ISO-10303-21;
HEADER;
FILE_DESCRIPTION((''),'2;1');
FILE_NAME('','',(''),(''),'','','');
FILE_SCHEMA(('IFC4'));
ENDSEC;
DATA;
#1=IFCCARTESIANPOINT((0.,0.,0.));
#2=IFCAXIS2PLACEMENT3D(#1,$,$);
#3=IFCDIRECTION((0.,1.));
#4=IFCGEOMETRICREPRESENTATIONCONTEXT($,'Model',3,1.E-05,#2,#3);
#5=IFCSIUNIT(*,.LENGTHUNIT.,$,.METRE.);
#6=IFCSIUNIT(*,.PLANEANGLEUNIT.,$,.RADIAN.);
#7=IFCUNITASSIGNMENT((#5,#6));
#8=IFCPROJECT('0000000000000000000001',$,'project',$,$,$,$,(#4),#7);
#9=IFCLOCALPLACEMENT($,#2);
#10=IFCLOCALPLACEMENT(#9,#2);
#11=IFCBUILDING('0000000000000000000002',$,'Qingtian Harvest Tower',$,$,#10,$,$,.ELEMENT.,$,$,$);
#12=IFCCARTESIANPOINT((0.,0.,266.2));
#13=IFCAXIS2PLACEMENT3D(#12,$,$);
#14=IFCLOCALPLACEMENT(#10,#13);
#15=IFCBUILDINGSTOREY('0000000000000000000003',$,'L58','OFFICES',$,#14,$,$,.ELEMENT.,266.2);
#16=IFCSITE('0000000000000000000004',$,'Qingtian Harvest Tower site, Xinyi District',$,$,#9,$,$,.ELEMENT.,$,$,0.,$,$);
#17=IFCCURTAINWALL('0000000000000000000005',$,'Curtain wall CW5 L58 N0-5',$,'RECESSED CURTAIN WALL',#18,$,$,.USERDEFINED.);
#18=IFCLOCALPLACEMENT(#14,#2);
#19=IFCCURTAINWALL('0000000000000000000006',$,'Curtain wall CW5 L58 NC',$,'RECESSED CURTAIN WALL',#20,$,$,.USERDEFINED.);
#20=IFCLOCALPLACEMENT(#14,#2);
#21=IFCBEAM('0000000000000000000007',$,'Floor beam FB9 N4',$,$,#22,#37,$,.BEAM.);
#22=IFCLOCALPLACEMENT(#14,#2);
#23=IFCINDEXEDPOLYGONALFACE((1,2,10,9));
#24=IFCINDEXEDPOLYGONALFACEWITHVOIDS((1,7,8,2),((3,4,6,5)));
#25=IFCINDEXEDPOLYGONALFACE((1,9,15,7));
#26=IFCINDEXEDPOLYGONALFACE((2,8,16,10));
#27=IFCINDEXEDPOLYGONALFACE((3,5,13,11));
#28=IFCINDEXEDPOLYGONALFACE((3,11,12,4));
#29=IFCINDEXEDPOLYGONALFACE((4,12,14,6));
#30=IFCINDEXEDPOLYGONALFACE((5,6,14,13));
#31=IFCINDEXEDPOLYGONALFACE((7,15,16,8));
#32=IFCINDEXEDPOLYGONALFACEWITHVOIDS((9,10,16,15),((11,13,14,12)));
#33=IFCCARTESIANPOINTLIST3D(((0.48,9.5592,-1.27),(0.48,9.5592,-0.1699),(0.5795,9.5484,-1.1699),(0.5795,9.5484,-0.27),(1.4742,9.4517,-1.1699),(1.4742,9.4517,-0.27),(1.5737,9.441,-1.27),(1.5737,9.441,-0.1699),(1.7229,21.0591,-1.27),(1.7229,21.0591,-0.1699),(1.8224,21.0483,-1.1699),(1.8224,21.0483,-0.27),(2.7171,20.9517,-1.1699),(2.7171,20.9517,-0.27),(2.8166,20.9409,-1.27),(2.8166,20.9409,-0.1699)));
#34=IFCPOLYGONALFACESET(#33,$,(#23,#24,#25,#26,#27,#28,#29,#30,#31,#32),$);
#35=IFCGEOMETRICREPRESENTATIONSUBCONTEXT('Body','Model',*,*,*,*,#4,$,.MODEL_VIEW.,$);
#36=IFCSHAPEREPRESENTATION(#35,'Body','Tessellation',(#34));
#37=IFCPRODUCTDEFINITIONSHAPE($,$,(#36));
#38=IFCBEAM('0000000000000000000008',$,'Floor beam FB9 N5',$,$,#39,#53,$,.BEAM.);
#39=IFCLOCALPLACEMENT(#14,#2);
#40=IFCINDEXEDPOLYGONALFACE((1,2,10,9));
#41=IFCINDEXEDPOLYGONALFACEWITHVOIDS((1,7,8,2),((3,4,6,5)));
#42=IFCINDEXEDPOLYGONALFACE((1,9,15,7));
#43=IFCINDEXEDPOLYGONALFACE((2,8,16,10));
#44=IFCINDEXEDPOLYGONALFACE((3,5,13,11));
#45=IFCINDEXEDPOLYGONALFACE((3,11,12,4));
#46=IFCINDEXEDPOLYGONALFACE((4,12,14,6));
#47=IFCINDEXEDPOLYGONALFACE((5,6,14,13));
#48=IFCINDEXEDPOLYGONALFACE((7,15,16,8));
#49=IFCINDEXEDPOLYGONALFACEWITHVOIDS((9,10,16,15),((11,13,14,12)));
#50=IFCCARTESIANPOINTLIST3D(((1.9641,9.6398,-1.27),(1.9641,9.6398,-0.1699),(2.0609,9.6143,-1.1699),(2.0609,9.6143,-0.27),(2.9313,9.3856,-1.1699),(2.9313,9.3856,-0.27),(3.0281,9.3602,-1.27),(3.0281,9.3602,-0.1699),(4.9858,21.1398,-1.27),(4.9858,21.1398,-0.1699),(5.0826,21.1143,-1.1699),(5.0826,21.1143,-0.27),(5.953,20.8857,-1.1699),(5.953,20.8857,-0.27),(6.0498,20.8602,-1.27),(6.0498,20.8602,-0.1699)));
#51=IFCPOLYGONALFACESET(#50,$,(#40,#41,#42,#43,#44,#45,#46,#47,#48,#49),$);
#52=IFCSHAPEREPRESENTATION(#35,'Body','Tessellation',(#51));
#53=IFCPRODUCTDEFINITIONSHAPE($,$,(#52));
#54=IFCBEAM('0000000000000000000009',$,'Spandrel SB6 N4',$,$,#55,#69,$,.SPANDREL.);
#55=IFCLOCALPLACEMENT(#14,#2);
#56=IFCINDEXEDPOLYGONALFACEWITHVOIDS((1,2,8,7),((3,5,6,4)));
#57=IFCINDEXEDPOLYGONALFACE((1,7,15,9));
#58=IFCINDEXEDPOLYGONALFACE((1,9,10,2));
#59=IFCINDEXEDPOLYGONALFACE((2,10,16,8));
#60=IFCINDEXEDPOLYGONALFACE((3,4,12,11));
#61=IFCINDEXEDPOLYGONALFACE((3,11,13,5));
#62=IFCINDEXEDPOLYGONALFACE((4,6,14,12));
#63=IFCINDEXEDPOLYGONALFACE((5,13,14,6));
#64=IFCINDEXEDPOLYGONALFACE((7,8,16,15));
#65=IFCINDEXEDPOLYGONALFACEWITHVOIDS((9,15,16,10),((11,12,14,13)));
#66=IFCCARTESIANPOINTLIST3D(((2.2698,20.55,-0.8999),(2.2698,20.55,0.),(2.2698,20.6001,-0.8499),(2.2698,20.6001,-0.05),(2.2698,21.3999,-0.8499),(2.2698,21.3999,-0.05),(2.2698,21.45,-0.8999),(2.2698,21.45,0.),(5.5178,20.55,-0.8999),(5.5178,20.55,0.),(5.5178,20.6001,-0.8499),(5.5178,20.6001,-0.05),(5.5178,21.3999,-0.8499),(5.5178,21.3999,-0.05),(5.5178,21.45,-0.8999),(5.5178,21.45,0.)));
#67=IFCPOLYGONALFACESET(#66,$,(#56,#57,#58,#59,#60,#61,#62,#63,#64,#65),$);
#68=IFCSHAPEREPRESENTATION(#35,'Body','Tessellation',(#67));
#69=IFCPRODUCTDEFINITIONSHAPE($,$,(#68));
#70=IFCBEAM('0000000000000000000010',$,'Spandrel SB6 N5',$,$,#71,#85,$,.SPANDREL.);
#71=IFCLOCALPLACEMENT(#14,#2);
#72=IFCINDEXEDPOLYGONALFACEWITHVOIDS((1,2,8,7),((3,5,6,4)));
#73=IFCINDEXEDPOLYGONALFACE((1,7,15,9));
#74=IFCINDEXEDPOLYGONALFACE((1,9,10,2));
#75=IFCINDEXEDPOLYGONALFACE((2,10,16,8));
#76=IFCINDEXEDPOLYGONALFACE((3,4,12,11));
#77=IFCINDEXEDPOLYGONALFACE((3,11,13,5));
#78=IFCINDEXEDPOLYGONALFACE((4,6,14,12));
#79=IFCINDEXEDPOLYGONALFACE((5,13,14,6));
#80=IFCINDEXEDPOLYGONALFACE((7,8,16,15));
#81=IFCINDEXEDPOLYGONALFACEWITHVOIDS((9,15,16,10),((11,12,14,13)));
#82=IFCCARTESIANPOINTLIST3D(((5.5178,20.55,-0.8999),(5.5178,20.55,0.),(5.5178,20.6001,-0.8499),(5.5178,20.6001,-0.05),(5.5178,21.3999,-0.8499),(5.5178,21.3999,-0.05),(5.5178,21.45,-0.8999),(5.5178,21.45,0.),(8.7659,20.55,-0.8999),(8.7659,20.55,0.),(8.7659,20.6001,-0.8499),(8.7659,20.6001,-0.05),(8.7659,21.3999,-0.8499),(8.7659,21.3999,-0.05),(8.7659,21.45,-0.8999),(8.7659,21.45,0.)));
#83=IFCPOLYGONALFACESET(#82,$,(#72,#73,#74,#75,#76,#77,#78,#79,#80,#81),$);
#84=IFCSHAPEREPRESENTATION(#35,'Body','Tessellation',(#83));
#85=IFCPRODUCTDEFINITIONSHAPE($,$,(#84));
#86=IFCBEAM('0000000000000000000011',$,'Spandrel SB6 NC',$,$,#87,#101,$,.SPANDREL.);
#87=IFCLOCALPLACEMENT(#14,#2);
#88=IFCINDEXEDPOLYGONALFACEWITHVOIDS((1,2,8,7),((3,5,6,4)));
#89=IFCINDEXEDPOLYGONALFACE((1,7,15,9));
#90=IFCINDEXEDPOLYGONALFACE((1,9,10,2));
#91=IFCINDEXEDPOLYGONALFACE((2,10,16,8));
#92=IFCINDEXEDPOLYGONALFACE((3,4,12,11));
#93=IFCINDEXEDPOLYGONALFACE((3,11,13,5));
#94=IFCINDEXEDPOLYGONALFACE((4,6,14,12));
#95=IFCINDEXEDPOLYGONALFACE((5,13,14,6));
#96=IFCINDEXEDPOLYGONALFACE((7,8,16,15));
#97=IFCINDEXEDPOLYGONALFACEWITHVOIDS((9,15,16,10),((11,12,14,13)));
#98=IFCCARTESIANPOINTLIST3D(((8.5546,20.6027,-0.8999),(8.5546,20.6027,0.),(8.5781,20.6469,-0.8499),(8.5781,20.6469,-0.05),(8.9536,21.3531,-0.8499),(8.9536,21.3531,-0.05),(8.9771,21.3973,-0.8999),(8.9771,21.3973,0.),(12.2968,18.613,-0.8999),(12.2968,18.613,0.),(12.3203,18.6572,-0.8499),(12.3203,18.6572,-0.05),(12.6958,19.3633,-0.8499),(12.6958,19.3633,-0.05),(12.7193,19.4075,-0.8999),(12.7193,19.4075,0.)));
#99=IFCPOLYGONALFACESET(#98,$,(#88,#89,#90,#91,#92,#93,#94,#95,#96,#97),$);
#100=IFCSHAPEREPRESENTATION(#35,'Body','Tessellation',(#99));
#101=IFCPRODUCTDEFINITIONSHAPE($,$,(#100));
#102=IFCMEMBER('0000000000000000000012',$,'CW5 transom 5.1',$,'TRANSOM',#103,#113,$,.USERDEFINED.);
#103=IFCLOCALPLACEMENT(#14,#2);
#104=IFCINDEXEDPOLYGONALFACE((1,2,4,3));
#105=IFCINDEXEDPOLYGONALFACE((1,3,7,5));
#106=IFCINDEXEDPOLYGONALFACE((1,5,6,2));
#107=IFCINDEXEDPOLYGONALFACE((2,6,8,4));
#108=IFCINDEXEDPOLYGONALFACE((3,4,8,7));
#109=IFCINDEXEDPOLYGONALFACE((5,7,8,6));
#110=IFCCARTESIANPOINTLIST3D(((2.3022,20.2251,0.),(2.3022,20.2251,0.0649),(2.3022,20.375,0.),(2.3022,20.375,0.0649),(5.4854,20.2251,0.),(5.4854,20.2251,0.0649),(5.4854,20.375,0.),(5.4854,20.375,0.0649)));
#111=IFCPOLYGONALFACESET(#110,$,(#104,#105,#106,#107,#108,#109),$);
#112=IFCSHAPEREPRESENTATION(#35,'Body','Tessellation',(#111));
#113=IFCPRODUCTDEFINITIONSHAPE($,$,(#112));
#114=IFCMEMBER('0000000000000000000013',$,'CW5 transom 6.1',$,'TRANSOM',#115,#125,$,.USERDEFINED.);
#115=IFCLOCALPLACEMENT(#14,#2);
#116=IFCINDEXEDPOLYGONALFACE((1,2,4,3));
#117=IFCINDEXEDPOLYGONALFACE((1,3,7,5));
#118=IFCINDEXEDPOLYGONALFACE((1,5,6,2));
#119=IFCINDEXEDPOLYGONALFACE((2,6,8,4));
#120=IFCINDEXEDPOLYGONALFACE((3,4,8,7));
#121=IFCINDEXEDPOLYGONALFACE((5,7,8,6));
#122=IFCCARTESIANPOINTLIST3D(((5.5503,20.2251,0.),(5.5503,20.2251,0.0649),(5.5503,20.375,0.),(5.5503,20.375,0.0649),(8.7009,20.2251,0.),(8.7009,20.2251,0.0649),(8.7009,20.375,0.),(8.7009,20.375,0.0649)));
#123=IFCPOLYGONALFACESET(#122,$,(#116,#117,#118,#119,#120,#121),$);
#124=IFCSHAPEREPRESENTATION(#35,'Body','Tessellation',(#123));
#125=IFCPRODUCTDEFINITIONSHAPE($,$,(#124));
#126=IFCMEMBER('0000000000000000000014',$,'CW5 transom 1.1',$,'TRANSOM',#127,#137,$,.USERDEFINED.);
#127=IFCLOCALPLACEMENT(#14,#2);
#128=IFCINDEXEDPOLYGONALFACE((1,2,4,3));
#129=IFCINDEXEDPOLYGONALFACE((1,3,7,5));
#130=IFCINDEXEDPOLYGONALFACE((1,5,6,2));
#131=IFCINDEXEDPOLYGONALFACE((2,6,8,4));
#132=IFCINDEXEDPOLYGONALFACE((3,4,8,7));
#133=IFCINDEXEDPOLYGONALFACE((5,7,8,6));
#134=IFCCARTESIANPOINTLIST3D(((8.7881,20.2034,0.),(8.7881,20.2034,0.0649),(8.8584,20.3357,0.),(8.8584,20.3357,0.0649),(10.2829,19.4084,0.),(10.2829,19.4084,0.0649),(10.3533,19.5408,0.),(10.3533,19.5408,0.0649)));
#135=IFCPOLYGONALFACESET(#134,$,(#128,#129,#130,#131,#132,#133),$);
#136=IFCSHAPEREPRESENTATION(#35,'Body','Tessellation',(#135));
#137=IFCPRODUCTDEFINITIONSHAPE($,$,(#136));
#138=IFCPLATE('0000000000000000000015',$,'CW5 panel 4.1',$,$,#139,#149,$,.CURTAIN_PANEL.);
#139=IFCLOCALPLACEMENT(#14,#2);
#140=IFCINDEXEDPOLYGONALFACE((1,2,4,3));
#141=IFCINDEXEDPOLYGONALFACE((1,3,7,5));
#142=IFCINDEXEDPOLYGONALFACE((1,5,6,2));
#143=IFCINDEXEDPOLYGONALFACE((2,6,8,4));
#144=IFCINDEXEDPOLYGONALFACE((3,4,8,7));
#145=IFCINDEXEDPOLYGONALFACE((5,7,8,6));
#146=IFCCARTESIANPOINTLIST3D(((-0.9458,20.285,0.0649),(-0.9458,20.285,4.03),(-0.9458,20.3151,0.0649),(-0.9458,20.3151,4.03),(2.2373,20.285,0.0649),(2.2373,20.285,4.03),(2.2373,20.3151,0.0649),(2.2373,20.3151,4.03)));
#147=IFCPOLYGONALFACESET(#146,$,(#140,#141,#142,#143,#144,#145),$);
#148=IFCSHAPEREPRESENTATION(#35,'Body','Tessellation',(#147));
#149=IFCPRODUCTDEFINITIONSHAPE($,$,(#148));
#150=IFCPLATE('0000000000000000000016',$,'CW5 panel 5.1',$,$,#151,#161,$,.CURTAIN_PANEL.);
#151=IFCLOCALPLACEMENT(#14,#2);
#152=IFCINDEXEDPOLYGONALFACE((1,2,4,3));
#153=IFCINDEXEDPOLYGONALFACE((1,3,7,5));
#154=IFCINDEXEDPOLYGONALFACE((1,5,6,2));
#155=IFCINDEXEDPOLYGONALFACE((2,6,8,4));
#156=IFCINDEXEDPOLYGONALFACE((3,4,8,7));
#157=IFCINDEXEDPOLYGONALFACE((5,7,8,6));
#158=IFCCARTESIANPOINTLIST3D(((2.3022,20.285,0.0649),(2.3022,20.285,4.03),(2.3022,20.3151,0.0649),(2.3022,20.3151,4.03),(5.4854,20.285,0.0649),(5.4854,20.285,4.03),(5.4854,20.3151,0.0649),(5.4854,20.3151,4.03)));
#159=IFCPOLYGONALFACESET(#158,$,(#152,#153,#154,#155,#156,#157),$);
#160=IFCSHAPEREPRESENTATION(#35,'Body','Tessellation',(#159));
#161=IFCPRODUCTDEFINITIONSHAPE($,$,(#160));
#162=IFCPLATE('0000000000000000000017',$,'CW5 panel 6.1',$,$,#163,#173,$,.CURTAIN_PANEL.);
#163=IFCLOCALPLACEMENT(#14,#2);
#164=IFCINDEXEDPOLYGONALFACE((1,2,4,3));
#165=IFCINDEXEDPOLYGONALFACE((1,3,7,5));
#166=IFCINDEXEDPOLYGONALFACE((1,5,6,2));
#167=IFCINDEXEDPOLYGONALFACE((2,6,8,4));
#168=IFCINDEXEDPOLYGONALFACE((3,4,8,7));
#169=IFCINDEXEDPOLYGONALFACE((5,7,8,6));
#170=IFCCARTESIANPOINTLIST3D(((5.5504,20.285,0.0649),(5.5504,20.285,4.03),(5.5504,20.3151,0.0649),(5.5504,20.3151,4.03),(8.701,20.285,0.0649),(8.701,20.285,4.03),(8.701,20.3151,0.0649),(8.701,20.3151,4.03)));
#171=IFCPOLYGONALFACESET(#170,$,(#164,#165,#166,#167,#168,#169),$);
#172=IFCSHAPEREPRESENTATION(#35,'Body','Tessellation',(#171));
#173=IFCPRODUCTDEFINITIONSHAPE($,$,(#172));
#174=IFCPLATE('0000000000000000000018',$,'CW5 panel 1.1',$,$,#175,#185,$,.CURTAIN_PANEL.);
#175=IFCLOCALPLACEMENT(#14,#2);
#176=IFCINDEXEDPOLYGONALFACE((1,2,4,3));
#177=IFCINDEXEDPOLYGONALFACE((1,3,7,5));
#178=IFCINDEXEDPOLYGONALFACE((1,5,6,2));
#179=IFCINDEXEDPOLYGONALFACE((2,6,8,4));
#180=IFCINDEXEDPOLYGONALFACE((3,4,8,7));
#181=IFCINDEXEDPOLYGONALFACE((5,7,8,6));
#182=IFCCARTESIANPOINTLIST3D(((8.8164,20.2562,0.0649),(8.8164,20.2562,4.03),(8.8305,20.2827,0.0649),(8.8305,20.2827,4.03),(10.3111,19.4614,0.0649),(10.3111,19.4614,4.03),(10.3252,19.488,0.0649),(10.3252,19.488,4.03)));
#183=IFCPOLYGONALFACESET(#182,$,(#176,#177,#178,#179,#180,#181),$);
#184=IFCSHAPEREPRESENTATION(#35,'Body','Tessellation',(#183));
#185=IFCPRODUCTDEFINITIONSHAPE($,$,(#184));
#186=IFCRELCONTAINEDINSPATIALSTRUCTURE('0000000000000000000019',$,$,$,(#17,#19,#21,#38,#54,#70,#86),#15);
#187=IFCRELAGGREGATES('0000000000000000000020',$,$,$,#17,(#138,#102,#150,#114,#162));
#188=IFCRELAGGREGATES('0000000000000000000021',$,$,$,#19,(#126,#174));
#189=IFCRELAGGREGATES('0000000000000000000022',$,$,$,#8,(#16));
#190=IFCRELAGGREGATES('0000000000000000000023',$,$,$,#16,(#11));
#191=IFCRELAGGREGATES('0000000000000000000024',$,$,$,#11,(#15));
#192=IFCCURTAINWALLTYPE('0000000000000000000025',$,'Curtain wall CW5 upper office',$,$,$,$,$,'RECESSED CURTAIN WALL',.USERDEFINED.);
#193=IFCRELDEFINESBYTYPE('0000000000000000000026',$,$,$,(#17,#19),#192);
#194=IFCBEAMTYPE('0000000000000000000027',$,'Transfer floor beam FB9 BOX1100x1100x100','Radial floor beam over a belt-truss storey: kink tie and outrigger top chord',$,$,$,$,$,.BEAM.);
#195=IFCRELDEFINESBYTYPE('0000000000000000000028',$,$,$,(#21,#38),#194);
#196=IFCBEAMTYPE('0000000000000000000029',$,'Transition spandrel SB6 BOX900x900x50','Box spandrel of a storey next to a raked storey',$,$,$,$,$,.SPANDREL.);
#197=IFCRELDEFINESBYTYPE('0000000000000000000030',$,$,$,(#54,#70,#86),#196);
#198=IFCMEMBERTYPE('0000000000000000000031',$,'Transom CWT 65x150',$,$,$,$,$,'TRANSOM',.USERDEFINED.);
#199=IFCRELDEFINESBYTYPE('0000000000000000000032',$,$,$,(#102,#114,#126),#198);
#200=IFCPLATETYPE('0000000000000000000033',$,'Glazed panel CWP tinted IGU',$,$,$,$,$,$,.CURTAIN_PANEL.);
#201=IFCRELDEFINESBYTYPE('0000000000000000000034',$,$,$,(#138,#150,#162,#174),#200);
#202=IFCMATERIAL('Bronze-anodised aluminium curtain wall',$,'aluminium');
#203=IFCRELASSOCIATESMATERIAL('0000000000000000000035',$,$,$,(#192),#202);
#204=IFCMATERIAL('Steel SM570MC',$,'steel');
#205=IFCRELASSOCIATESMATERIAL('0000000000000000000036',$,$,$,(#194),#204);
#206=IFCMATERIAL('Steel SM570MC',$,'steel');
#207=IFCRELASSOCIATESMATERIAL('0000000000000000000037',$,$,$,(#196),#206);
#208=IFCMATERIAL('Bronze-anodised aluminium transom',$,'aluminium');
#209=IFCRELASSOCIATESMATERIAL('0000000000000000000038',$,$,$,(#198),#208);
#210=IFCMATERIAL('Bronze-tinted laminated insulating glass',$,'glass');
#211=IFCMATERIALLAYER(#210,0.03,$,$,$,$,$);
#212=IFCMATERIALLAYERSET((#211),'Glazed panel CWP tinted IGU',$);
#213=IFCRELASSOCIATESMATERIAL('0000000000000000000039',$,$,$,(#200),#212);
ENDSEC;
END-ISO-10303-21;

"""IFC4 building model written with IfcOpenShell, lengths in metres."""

from ifc_helpers import new_model, si_unit, direction, frame, origin, origin_2d, place, context, subcontext, project, spatial, rectangle, hollow_rectangle, extrude, material, layer, layer_set, material_profile, profile_set, type_object, element, aggregate, save


model = new_model("IFC4")

# Units and contexts
model_context = context("Model", 3, precision=1e-05, world=origin(), true_north=direction((0.0, 1.0)))
body_context = subcontext(model_context, "Body", "Model", "MODEL_VIEW")
ifc_project = project(units=[si_unit("LENGTHUNIT", "METRE"), si_unit("PLANEANGLEUNIT", "RADIAN")], contexts=[model_context])

# Site, building, storey
site_placement = place(None, origin())
site = spatial("IfcSite", under=ifc_project, at=site_placement, Name="Qingtian Harvest Tower site, Xinyi District", CompositionType="ELEMENT", RefElevation=0.0)
building_placement = place(site_placement, origin())
building = spatial("IfcBuilding", under=site, at=building_placement, Name="Qingtian Harvest Tower", CompositionType="ELEMENT")
storey_placement = place(building_placement, frame((0.0, 0.0, 266.2)))
storey = spatial("IfcBuildingStorey", under=building, at=storey_placement, Name="L58", Description="OFFICES", CompositionType="ELEMENT", Elevation=266.2)

# Curtain wall
ifc_material_1 = material(Name="Bronze-anodised aluminium curtain wall", Category="aluminium")
curtain_wall_type = type_object("IfcCurtainWallType", Name="Curtain wall CW5 upper office", ElementType="RECESSED CURTAIN WALL", PredefinedType="USERDEFINED", material=ifc_material_1)
curtain_wall_1_placement = place(storey_placement, origin())
curtain_wall_1 = element("IfcCurtainWall", 1, at=curtain_wall_1_placement, inside=storey, type_object=curtain_wall_type, Name="Curtain wall CW5 L58 N0-5", ObjectType="RECESSED CURTAIN WALL", PredefinedType="USERDEFINED")

# Curtain wall
curtain_wall_2_placement = place(storey_placement, origin())
curtain_wall_2 = element("IfcCurtainWall", 2, at=curtain_wall_2_placement, inside=storey, type_object=curtain_wall_type, Name="Curtain wall CW5 L58 NC", ObjectType="RECESSED CURTAIN WALL", PredefinedType="USERDEFINED")

# Beams
ifc_material_2 = material(Name="Steel SM570MC", Category="steel")
ifc_material_profile_1 = material_profile(ifc_material_2, hollow_rectangle(XDim=1.1001, YDim=1.1001, WallThickness=0.1001, at=origin_2d()), Name="BOX1100x1100x100")
ifc_profile_set_1 = profile_set([ifc_material_profile_1], Name="Steel SM570MC")
beam_type_1 = type_object("IfcBeamType", Name="Transfer floor beam FB9 BOX1100x1100x100", Description="Radial floor beam over a belt-truss storey: kink tie and outrigger top chord", PredefinedType="BEAM", material=ifc_profile_set_1)
beam_1_placement = place(storey_placement, frame((2.2698, 21.0, -0.72), z_axis=(-0.107454, -0.99421, 0.0), x_axis=(0.99421, -0.107454, 0.0)))
element("IfcBeam", 3, at=beam_1_placement, inside=storey, type_object=beam_type_1, Name="Floor beam FB9 N4", PredefinedType="BEAM", context=body_context, shape_type="SweptSolid", body=[
    extrude(hollow_rectangle(XDim=1.1001, YDim=1.1001, WallThickness=0.1001, at=origin_2d()), origin(), (0.0, 0.0, 1.0), 11.5669),
])
beam_2_placement = place(storey_placement, frame((5.5178, 21.0, -0.72), z_axis=(-0.254132, -0.967169, 0.0), x_axis=(0.967169, -0.254132, 0.0)))
element("IfcBeam", 4, at=beam_2_placement, inside=storey, type_object=beam_type_1, Name="Floor beam FB9 N5", PredefinedType="BEAM", context=body_context, shape_type="SweptSolid", body=[
    extrude(hollow_rectangle(XDim=1.1001, YDim=1.1001, WallThickness=0.1001, at=origin_2d()), origin(), (0.0, 0.0, 1.0), 11.8904),
])
ifc_material_3 = material(Name="Steel SM570MC", Category="steel")
ifc_material_profile_2 = material_profile(ifc_material_3, hollow_rectangle(XDim=0.8999, YDim=0.8999, WallThickness=0.05, at=origin_2d()), Name="BOX900x900x50")
ifc_profile_set_2 = profile_set([ifc_material_profile_2], Name="Steel SM570MC")
beam_type_2 = type_object("IfcBeamType", Name="Transition spandrel SB6 BOX900x900x50", Description="Box spandrel of a storey next to a raked storey", PredefinedType="SPANDREL", material=ifc_profile_set_2)
for number, where, z_axis, x_axis, name in (
    (5, (2.2698, 21.0, -0.45), (1.0, 0.0, 0.0), (0.0, 1.0, 0.0), "Spandrel SB6 N4"),
    (6, (5.5178, 21.0, -0.45), (1.0, 0.0, 0.0), (0.0, 1.0, 0.0), "Spandrel SB6 N5"),
):
    element("IfcBeam", number, at=place(storey_placement, frame(where, z_axis=z_axis, x_axis=x_axis)), inside=storey, type_object=beam_type_2, Name=name, PredefinedType="SPANDREL", context=body_context, shape_type="SweptSolid", body=[
        extrude(hollow_rectangle(XDim=0.8999, YDim=0.8999, WallThickness=0.05, at=origin_2d()), origin(), (0.0, 0.0, 1.0), 3.248),
    ])
beam_3_placement = place(storey_placement, frame((8.7659, 21.0, -0.45), z_axis=(0.882949, -0.46947, 0.0), x_axis=(0.46947, 0.882949, 0.0)))
element("IfcBeam", 7, at=beam_3_placement, inside=storey, type_object=beam_type_2, Name="Spandrel SB6 NC", PredefinedType="SPANDREL", context=body_context, shape_type="SweptSolid", body=[
    extrude(hollow_rectangle(XDim=0.8999, YDim=0.8999, WallThickness=0.05, at=origin_2d()), origin(), (0.0, 0.0, 1.0), 4.2383),
])

# Members
ifc_material_4 = material(Name="Bronze-anodised aluminium transom", Category="aluminium")
ifc_material_profile_3 = material_profile(ifc_material_4, rectangle(XDim=0.1499, YDim=0.0649, at=origin_2d()), Name="AL 65x150")
ifc_profile_set_3 = profile_set([ifc_material_profile_3], Name="Bronze-anodised aluminium transom")
member_type_1 = type_object("IfcMemberType", Name="Transom CWT 65x150", ElementType="TRANSOM", PredefinedType="USERDEFINED", material=ifc_profile_set_3)
member_1_placement = place(storey_placement, frame((2.3022, 20.3, 0.0325), z_axis=(1.0, 0.0, 0.0), x_axis=(0.0, 1.0, 0.0)))
member_1 = element("IfcMember", 8, at=member_1_placement, type_object=member_type_1, Name="CW5 transom 5.1", ObjectType="TRANSOM", PredefinedType="USERDEFINED", context=body_context, shape_type="SweptSolid", body=[
    extrude(rectangle(XDim=0.1499, YDim=0.0649, at=origin_2d()), origin(), (0.0, 0.0, 1.0), 3.1831),
])
member_2_placement = place(storey_placement, frame((5.5503, 20.3, 0.0325), z_axis=(1.0, 0.0, 0.0), x_axis=(0.0, 1.0, 0.0)))
member_2 = element("IfcMember", 9, at=member_2_placement, type_object=member_type_1, Name="CW5 transom 6.1", ObjectType="TRANSOM", PredefinedType="USERDEFINED", context=body_context, shape_type="SweptSolid", body=[
    extrude(rectangle(XDim=0.1499, YDim=0.0649, at=origin_2d()), origin(), (0.0, 0.0, 1.0), 3.1506),
])
member_3_placement = place(storey_placement, frame((8.8232, 20.2695, 0.0325), z_axis=(0.882927, -0.46951, 0.0), x_axis=(0.46951, 0.882927, 0.0)))
member_3 = element("IfcMember", 10, at=member_3_placement, type_object=member_type_1, Name="CW5 transom 1.1", ObjectType="TRANSOM", PredefinedType="USERDEFINED", context=body_context, shape_type="SweptSolid", body=[
    extrude(rectangle(XDim=0.1499, YDim=0.0649, at=origin_2d()), origin(), (0.0, 0.0, 1.0), 1.6931),
])

# Plates
ifc_material_5 = material(Name="Bronze-tinted laminated insulating glass", Category="glass")
ifc_layer_1 = layer(ifc_material_5, 0.03)
ifc_layer_set_1 = layer_set([ifc_layer_1], Name="Glazed panel CWP tinted IGU")
plate_type = type_object("IfcPlateType", Name="Glazed panel CWP tinted IGU", PredefinedType="CURTAIN_PANEL", material=ifc_layer_set_1)
plate_1_placement = place(storey_placement, frame((0.6458, 20.3, 0.0649), z_axis=(0.0, 0.0, 1.0), x_axis=(1.0, 0.0, 0.0)))
plate_1 = element("IfcPlate", 11, at=plate_1_placement, type_object=plate_type, Name="CW5 panel 4.1", PredefinedType="CURTAIN_PANEL", context=body_context, shape_type="SweptSolid", body=[
    extrude(rectangle(XDim=3.1831, YDim=0.03, at=origin_2d()), origin(), (0.0, 0.0, 1.0), 3.9651),
])
plate_2_placement = place(storey_placement, frame((3.8938, 20.3, 0.0649), z_axis=(0.0, 0.0, 1.0), x_axis=(1.0, 0.0, 0.0)))
plate_2 = element("IfcPlate", 12, at=plate_2_placement, type_object=plate_type, Name="CW5 panel 5.1", PredefinedType="CURTAIN_PANEL", context=body_context, shape_type="SweptSolid", body=[
    extrude(rectangle(XDim=3.1831, YDim=0.03, at=origin_2d()), origin(), (0.0, 0.0, 1.0), 3.9651),
])
plate_3_placement = place(storey_placement, frame((7.1257, 20.3, 0.0649), z_axis=(0.0, 0.0, 1.0), x_axis=(1.0, 0.0, 0.0)))
plate_3 = element("IfcPlate", 13, at=plate_3_placement, type_object=plate_type, Name="CW5 panel 6.1", PredefinedType="CURTAIN_PANEL", context=body_context, shape_type="SweptSolid", body=[
    extrude(rectangle(XDim=3.1506, YDim=0.03, at=origin_2d()), origin(), (0.0, 0.0, 1.0), 3.9651),
])
aggregate(curtain_wall_1, [plate_1, member_1, plate_2, member_2, plate_3])
plate_4_placement = place(storey_placement, frame((9.5708, 19.8721, 0.0649), z_axis=(0.0, 0.0, 1.0), x_axis=(0.882948, -0.469472, 0.0)))
plate_4 = element("IfcPlate", 14, at=plate_4_placement, type_object=plate_type, Name="CW5 panel 1.1", PredefinedType="CURTAIN_PANEL", context=body_context, shape_type="SweptSolid", body=[
    extrude(rectangle(XDim=1.6929, YDim=0.03, at=origin_2d()), origin(), (0.0, 0.0, 1.0), 3.9651),
])
aggregate(curtain_wall_2, [member_3, plate_4])

save(model, "model.ifc")
